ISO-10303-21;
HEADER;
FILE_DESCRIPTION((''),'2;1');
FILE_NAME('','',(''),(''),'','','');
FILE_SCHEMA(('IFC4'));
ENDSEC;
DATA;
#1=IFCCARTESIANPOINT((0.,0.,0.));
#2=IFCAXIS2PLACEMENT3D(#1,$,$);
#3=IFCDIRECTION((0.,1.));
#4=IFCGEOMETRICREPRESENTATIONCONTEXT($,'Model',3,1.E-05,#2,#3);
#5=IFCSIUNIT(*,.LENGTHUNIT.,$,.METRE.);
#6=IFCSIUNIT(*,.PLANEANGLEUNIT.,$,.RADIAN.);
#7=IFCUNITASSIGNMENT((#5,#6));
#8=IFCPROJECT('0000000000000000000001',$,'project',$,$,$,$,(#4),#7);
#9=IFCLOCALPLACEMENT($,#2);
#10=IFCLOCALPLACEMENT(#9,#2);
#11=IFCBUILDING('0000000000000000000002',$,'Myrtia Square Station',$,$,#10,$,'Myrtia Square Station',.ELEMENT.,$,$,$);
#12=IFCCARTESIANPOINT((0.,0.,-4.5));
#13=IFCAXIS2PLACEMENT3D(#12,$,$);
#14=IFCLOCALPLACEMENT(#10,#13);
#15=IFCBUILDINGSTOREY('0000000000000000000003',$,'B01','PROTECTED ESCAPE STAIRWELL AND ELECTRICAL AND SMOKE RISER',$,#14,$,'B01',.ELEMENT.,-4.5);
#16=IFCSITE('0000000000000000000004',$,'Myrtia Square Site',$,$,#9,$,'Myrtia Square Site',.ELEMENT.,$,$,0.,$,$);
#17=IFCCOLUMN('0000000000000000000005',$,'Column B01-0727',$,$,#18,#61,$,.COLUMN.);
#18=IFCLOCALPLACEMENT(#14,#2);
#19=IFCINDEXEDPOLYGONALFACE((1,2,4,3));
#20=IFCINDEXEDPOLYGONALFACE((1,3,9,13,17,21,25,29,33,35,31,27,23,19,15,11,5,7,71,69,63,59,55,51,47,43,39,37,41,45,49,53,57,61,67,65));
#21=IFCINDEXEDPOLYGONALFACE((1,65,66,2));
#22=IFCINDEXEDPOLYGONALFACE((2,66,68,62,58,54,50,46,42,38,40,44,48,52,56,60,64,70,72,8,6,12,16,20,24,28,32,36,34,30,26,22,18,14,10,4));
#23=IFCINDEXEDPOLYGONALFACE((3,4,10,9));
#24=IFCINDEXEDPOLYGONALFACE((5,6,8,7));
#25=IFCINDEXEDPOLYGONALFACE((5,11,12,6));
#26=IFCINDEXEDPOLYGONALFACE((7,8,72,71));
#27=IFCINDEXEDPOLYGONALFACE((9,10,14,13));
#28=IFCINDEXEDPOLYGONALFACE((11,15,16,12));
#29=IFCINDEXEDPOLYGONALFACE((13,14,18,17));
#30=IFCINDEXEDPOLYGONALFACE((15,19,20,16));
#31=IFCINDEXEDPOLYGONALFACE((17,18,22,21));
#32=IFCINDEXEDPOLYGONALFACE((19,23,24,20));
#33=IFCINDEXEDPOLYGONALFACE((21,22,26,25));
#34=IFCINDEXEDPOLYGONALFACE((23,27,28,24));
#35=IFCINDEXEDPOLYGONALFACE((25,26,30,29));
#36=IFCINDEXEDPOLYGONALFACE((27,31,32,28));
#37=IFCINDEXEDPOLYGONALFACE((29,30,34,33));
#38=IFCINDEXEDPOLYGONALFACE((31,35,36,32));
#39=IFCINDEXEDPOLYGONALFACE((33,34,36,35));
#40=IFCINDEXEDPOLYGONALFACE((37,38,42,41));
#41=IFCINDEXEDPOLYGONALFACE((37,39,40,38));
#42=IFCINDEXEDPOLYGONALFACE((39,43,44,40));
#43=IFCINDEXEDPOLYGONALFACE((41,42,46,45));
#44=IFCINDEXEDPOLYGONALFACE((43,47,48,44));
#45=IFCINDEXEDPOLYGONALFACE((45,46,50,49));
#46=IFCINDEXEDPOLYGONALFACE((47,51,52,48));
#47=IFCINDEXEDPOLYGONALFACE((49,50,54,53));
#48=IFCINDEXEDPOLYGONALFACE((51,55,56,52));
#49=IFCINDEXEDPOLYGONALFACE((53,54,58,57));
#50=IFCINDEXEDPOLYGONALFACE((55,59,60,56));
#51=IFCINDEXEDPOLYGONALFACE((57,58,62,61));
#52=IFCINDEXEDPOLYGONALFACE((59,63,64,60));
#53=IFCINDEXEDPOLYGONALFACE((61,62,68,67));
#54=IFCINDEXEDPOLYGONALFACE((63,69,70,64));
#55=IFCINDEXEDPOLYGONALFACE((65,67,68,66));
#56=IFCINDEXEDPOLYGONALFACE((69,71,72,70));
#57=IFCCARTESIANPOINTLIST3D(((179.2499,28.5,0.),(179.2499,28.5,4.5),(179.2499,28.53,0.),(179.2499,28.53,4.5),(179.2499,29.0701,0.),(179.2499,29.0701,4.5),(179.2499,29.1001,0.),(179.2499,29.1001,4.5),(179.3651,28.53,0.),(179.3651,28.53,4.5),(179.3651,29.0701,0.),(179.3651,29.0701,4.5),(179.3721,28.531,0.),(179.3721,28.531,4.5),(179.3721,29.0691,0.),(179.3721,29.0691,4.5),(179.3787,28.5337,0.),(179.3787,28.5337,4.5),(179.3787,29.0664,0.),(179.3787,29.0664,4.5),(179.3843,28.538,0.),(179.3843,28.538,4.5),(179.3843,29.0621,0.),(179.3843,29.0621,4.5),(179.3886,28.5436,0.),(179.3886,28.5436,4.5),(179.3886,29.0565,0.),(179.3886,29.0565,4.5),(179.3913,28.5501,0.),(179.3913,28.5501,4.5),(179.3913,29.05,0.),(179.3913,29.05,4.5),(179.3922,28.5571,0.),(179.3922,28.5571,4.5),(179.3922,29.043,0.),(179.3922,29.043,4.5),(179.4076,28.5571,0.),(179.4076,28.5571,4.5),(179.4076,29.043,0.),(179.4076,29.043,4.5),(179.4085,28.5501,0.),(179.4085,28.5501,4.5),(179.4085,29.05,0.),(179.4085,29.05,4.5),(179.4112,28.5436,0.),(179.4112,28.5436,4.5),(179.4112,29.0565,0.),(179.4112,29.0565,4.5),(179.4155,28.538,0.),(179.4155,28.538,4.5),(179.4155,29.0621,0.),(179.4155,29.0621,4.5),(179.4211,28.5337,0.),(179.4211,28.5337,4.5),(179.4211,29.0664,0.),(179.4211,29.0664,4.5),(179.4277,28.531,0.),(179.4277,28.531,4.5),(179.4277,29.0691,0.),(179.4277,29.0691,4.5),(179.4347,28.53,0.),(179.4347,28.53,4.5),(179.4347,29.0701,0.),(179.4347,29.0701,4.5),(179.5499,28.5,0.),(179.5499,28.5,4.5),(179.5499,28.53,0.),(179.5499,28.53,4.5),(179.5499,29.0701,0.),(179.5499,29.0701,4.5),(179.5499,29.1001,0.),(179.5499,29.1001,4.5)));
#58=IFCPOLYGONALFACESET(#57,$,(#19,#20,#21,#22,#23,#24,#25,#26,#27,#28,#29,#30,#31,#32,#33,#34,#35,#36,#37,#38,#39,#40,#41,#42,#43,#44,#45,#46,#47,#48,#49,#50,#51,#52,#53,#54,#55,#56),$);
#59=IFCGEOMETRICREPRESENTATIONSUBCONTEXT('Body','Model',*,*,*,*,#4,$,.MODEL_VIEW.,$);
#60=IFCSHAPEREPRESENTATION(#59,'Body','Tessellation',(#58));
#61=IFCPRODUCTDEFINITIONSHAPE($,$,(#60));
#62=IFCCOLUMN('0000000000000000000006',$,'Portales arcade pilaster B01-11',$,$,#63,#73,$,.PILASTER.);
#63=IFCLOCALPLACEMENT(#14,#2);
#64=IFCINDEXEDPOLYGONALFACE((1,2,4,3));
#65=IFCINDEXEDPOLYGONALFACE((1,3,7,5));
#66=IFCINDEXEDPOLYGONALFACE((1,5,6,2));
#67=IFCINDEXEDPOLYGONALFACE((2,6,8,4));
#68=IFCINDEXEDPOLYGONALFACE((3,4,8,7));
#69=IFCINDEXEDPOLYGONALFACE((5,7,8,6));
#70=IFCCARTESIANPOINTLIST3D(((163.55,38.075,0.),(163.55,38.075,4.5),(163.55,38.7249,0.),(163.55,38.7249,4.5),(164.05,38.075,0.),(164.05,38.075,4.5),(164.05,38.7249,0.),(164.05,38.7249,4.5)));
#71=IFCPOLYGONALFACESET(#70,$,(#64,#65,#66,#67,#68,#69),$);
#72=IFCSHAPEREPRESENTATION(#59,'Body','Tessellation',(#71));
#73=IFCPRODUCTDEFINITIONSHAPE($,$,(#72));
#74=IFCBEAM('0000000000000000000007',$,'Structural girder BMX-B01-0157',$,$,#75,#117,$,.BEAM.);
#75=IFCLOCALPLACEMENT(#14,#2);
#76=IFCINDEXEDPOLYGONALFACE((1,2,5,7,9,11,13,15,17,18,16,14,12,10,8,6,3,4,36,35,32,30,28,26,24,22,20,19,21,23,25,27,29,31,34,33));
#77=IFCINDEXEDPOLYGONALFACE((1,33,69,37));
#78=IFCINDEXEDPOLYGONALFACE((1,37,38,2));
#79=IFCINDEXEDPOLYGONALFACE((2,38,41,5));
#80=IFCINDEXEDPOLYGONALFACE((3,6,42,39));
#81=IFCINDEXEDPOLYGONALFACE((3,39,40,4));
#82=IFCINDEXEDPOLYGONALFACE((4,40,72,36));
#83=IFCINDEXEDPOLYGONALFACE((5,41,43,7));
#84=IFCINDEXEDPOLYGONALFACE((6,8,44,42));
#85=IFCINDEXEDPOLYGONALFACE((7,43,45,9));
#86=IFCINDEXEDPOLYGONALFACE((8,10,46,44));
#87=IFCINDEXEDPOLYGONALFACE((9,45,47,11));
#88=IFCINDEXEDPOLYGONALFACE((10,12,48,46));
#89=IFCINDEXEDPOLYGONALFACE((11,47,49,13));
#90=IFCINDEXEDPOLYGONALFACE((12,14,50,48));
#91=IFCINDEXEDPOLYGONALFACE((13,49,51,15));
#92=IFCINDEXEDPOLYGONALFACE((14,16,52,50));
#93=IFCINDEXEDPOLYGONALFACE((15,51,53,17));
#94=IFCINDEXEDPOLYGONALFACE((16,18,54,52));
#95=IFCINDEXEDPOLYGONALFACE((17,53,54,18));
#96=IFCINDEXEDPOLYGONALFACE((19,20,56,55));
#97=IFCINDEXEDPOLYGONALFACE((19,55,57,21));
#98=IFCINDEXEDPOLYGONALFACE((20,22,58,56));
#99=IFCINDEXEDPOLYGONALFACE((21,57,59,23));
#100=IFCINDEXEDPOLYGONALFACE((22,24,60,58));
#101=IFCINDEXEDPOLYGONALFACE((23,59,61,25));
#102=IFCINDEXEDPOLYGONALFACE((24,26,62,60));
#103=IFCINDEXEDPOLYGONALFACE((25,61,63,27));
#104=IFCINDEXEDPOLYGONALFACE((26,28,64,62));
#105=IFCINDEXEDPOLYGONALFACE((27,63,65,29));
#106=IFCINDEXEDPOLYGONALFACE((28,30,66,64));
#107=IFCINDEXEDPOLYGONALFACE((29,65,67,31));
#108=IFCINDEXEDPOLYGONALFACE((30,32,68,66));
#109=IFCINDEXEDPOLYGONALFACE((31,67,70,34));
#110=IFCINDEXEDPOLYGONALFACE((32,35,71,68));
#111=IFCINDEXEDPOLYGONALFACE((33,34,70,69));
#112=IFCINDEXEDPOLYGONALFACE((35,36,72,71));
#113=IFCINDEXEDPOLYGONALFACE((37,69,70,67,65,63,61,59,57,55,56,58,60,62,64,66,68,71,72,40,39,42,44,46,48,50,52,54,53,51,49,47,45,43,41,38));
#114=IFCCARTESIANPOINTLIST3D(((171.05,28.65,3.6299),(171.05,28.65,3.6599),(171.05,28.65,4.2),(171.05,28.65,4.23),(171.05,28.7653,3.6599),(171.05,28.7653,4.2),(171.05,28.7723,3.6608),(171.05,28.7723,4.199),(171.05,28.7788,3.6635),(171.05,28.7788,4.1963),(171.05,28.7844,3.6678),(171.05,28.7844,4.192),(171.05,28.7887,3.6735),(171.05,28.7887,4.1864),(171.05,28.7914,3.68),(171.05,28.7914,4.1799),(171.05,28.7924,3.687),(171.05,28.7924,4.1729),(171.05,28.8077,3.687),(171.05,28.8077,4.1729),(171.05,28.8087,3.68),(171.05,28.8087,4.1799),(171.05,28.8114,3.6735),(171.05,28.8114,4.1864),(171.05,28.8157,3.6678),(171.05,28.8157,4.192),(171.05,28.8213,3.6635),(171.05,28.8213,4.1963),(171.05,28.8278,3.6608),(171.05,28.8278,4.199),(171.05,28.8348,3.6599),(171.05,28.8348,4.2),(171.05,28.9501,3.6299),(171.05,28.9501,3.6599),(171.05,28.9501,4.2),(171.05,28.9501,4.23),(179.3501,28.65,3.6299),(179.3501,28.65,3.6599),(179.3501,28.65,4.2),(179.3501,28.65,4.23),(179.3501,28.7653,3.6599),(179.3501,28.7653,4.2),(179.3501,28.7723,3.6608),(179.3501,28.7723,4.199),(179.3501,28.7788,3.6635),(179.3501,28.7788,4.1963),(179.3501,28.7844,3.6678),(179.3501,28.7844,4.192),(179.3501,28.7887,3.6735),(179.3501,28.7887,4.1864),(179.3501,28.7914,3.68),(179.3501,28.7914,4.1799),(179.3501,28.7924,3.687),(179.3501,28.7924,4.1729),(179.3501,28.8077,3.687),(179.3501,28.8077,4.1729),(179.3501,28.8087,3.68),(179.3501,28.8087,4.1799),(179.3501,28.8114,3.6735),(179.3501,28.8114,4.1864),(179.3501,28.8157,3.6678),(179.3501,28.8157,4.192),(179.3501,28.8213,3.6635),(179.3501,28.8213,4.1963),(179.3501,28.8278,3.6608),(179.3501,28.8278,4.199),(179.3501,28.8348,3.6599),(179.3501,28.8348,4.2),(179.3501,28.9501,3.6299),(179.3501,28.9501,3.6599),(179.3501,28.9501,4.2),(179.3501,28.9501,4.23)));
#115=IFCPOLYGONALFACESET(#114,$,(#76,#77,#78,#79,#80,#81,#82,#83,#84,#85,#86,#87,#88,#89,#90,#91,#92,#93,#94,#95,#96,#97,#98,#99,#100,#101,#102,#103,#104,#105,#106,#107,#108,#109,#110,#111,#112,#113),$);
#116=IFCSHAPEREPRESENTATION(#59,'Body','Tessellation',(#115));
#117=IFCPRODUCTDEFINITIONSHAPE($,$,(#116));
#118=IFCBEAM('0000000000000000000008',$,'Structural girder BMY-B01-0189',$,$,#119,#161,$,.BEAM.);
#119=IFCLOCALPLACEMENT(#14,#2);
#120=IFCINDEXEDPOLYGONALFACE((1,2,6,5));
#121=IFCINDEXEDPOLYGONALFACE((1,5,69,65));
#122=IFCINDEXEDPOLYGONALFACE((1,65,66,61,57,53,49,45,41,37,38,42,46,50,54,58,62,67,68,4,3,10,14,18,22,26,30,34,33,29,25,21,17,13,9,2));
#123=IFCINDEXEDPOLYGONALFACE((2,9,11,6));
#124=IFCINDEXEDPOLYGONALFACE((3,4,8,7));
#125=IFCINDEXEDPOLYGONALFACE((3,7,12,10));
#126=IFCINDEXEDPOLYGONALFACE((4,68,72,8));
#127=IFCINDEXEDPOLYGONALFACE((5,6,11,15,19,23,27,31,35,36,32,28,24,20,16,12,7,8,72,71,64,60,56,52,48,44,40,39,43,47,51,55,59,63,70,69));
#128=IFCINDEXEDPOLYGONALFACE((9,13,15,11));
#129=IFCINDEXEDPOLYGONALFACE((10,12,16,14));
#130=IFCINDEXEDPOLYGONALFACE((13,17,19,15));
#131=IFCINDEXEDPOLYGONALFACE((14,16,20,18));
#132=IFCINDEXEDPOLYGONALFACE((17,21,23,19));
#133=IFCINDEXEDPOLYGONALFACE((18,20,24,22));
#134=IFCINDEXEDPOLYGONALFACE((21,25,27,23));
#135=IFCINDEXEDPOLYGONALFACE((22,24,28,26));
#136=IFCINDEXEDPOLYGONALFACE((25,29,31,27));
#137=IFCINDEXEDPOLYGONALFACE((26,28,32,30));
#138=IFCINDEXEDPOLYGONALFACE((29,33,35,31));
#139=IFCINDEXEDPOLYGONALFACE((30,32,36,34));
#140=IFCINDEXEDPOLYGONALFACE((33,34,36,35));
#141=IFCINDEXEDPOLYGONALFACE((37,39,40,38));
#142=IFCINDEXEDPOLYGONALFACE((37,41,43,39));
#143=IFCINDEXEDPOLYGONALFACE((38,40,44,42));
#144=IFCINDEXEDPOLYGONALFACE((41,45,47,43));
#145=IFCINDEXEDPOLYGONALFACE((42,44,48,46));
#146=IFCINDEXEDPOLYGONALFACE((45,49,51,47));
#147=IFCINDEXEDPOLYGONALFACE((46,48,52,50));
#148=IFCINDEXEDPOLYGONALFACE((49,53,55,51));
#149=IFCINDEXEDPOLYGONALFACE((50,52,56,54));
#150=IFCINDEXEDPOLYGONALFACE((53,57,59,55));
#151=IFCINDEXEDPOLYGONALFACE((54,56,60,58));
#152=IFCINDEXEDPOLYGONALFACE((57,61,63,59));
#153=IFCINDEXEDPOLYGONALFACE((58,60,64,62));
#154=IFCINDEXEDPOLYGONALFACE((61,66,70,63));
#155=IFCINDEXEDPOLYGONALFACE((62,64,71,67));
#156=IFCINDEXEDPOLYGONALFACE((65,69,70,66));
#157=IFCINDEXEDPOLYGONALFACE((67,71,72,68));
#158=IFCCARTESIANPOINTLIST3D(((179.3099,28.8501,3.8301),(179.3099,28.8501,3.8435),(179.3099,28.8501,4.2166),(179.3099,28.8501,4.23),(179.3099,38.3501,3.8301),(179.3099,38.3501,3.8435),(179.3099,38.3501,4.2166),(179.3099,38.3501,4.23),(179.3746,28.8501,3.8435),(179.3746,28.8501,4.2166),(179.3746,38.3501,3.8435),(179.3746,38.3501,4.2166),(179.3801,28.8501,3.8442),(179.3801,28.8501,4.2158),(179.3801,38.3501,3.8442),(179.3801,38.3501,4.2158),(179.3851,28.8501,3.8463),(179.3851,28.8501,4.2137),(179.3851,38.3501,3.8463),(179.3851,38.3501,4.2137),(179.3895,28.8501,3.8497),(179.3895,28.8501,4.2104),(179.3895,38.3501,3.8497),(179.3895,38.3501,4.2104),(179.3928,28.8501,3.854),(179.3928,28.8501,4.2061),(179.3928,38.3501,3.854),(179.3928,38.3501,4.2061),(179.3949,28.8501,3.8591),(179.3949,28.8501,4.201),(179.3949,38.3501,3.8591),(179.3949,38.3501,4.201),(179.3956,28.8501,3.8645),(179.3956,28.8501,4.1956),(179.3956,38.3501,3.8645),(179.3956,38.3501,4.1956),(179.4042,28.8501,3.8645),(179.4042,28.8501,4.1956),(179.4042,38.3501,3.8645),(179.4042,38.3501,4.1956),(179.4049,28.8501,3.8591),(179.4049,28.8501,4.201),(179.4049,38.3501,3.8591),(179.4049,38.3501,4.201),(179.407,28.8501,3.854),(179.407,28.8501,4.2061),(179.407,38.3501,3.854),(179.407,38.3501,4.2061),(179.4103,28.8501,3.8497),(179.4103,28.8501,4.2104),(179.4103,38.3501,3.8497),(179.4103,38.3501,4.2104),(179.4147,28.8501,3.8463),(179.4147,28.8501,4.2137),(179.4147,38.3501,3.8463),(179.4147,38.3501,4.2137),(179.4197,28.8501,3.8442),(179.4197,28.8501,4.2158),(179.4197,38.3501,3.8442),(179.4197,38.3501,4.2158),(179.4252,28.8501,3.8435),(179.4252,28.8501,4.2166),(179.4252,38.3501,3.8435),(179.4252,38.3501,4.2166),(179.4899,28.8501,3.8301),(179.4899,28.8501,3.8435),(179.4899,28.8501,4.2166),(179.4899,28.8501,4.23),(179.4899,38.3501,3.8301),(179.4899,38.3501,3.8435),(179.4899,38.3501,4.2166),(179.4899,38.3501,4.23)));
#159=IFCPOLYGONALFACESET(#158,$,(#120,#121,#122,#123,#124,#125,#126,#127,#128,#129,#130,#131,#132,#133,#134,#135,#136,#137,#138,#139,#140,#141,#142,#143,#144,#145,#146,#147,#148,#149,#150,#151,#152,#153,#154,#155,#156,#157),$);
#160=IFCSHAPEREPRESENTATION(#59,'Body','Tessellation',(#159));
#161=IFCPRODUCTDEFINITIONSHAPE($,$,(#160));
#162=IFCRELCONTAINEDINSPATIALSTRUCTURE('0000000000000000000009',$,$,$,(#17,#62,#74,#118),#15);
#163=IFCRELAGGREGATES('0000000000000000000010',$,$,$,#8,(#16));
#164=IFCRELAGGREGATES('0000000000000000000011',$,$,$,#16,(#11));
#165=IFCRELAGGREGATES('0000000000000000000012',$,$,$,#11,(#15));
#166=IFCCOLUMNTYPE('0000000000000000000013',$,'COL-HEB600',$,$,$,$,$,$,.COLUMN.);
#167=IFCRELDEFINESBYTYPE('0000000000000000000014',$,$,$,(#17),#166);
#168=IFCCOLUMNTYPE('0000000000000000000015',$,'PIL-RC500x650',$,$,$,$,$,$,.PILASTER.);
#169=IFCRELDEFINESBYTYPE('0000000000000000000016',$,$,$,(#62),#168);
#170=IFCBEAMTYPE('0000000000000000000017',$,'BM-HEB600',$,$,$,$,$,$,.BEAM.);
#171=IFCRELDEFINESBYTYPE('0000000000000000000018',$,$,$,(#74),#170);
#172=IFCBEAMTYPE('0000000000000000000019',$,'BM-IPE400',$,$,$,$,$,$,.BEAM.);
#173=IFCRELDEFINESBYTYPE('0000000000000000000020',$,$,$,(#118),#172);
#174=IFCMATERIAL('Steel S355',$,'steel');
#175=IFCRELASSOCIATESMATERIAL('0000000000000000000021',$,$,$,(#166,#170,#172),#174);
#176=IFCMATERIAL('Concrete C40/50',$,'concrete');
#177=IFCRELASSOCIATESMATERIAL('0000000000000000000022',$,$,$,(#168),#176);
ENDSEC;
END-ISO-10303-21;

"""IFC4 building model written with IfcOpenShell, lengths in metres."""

from ifc_helpers import new_model, si_unit, direction, frame, origin, origin_2d, place, context, subcontext, project, spatial, rectangle, i_section, extrude, material, material_profile, profile_set, type_object, element, save


model = new_model("IFC4")

# Units and contexts
model_context = context("Model", 3, precision=1e-05, world=origin(), true_north=direction((0.0, 1.0)))
body_context = subcontext(model_context, "Body", "Model", "MODEL_VIEW")
ifc_project = project(units=[si_unit("LENGTHUNIT", "METRE"), si_unit("PLANEANGLEUNIT", "RADIAN")], contexts=[model_context])

# Site, building, storey
site_placement = place(None, origin())
site = spatial("IfcSite", under=ifc_project, at=site_placement, Name="Myrtia Square Site", LongName="Myrtia Square Site", CompositionType="ELEMENT", RefElevation=0.0)
building_placement = place(site_placement, origin())
building = spatial("IfcBuilding", under=site, at=building_placement, Name="Myrtia Square Station", LongName="Myrtia Square Station", CompositionType="ELEMENT")
storey_placement = place(building_placement, frame((0.0, 0.0, -4.5)))
storey = spatial("IfcBuildingStorey", under=building, at=storey_placement, Name="B01", Description="PROTECTED ESCAPE STAIRWELL AND ELECTRICAL AND SMOKE RISER", LongName="B01", CompositionType="ELEMENT", Elevation=-4.5)

# Columns
ifc_material_1 = material(Name="Steel S355", Category="steel")
ifc_material_profile_1 = material_profile(ifc_material_1, i_section(OverallWidth=0.3, OverallDepth=0.6001, WebThickness=0.0154, FlangeThickness=0.03, FilletRadius=0.0271, at=origin_2d()), Name="HEB 600")
ifc_profile_set_1 = profile_set([ifc_material_profile_1], Name="Steel S355")
column_type_1 = type_object("IfcColumnType", Name="COL-HEB600", PredefinedType="COLUMN", material=ifc_profile_set_1)
for number, where, z_axis, x_axis, name in (
    (1, (179.3999, 28.8, 0.0), (0.0, 0.0, 1.0), (1.0, 0.0, 0.0), "Column B01-0727"),
):
    element("IfcColumn", number, at=place(storey_placement, frame(where, z_axis=z_axis, x_axis=x_axis)), inside=storey, type_object=column_type_1, Name=name, PredefinedType="COLUMN", context=body_context, shape_type="SweptSolid", body=[
        extrude(i_section(OverallWidth=0.3, OverallDepth=0.6001, WebThickness=0.0154, FlangeThickness=0.03, FilletRadius=0.0271, at=origin_2d()), origin(), (0.0, 0.0, 1.0), 4.5),
    ])
ifc_material_2 = material(Name="Concrete C40/50", Category="concrete")
ifc_material_profile_2 = material_profile(ifc_material_2, rectangle(XDim=0.5, YDim=0.6499, at=origin_2d()), Name="PIL 500x650")
ifc_profile_set_2 = profile_set([ifc_material_profile_2], Name="Concrete C40/50")
column_type_2 = type_object("IfcColumnType", Name="PIL-RC500x650", PredefinedType="PILASTER", material=ifc_profile_set_2)
column_placement = place(storey_placement, frame((163.8, 38.3999, 0.0), z_axis=(0.0, 0.0, 1.0), x_axis=(1.0, 0.0, 0.0)))
element("IfcColumn", 2, at=column_placement, inside=storey, type_object=column_type_2, Name="Portales arcade pilaster B01-11", PredefinedType="PILASTER", context=body_context, shape_type="SweptSolid", body=[
    extrude(rectangle(XDim=0.5, YDim=0.6499, at=origin_2d()), origin(), (0.0, 0.0, 1.0), 4.5),
])

# Beams
ifc_material_profile_3 = material_profile(ifc_material_1, i_section(OverallWidth=0.3, OverallDepth=0.6001, WebThickness=0.0154, FlangeThickness=0.03, FilletRadius=0.0271, at=origin_2d()), Name="HEB 600")
ifc_profile_set_3 = profile_set([ifc_material_profile_3], Name="Steel S355")
beam_type_1 = type_object("IfcBeamType", Name="BM-HEB600", PredefinedType="BEAM", material=ifc_profile_set_3)
beam_1_placement = place(storey_placement, frame((171.05, 28.8, 3.9299), z_axis=(1.0, 0.0, 0.0), x_axis=(0.0, 1.0, 0.0)))
element("IfcBeam", 3, at=beam_1_placement, inside=storey, type_object=beam_type_1, Name="Structural girder BMX-B01-0157", PredefinedType="BEAM", context=body_context, shape_type="SweptSolid", body=[
    extrude(i_section(OverallWidth=0.3, OverallDepth=0.6001, WebThickness=0.0154, FlangeThickness=0.03, FilletRadius=0.0271, at=origin_2d()), origin(), (0.0, 0.0, 1.0), 8.3),
])
ifc_material_profile_4 = material_profile(ifc_material_1, i_section(OverallWidth=0.1799, OverallDepth=0.3999, WebThickness=0.0085, FlangeThickness=0.0134, FilletRadius=0.021, at=origin_2d()), Name="IPE 400")
ifc_profile_set_4 = profile_set([ifc_material_profile_4], Name="Steel S355")
beam_type_2 = type_object("IfcBeamType", Name="BM-IPE400", PredefinedType="BEAM", material=ifc_profile_set_4)
beam_2_placement = place(storey_placement, frame((179.3999, 28.8501, 4.03), z_axis=(0.0, 1.0, 0.0), x_axis=(-1.0, 0.0, 0.0)))
element("IfcBeam", 4, at=beam_2_placement, inside=storey, type_object=beam_type_2, Name="Structural girder BMY-B01-0189", PredefinedType="BEAM", context=body_context, shape_type="SweptSolid", body=[
    extrude(i_section(OverallWidth=0.1799, OverallDepth=0.3999, WebThickness=0.0085, FlangeThickness=0.0134, FilletRadius=0.021, at=origin_2d()), origin(), (0.0, 0.0, 1.0), 9.5),
])

save(model, "model.ifc")
